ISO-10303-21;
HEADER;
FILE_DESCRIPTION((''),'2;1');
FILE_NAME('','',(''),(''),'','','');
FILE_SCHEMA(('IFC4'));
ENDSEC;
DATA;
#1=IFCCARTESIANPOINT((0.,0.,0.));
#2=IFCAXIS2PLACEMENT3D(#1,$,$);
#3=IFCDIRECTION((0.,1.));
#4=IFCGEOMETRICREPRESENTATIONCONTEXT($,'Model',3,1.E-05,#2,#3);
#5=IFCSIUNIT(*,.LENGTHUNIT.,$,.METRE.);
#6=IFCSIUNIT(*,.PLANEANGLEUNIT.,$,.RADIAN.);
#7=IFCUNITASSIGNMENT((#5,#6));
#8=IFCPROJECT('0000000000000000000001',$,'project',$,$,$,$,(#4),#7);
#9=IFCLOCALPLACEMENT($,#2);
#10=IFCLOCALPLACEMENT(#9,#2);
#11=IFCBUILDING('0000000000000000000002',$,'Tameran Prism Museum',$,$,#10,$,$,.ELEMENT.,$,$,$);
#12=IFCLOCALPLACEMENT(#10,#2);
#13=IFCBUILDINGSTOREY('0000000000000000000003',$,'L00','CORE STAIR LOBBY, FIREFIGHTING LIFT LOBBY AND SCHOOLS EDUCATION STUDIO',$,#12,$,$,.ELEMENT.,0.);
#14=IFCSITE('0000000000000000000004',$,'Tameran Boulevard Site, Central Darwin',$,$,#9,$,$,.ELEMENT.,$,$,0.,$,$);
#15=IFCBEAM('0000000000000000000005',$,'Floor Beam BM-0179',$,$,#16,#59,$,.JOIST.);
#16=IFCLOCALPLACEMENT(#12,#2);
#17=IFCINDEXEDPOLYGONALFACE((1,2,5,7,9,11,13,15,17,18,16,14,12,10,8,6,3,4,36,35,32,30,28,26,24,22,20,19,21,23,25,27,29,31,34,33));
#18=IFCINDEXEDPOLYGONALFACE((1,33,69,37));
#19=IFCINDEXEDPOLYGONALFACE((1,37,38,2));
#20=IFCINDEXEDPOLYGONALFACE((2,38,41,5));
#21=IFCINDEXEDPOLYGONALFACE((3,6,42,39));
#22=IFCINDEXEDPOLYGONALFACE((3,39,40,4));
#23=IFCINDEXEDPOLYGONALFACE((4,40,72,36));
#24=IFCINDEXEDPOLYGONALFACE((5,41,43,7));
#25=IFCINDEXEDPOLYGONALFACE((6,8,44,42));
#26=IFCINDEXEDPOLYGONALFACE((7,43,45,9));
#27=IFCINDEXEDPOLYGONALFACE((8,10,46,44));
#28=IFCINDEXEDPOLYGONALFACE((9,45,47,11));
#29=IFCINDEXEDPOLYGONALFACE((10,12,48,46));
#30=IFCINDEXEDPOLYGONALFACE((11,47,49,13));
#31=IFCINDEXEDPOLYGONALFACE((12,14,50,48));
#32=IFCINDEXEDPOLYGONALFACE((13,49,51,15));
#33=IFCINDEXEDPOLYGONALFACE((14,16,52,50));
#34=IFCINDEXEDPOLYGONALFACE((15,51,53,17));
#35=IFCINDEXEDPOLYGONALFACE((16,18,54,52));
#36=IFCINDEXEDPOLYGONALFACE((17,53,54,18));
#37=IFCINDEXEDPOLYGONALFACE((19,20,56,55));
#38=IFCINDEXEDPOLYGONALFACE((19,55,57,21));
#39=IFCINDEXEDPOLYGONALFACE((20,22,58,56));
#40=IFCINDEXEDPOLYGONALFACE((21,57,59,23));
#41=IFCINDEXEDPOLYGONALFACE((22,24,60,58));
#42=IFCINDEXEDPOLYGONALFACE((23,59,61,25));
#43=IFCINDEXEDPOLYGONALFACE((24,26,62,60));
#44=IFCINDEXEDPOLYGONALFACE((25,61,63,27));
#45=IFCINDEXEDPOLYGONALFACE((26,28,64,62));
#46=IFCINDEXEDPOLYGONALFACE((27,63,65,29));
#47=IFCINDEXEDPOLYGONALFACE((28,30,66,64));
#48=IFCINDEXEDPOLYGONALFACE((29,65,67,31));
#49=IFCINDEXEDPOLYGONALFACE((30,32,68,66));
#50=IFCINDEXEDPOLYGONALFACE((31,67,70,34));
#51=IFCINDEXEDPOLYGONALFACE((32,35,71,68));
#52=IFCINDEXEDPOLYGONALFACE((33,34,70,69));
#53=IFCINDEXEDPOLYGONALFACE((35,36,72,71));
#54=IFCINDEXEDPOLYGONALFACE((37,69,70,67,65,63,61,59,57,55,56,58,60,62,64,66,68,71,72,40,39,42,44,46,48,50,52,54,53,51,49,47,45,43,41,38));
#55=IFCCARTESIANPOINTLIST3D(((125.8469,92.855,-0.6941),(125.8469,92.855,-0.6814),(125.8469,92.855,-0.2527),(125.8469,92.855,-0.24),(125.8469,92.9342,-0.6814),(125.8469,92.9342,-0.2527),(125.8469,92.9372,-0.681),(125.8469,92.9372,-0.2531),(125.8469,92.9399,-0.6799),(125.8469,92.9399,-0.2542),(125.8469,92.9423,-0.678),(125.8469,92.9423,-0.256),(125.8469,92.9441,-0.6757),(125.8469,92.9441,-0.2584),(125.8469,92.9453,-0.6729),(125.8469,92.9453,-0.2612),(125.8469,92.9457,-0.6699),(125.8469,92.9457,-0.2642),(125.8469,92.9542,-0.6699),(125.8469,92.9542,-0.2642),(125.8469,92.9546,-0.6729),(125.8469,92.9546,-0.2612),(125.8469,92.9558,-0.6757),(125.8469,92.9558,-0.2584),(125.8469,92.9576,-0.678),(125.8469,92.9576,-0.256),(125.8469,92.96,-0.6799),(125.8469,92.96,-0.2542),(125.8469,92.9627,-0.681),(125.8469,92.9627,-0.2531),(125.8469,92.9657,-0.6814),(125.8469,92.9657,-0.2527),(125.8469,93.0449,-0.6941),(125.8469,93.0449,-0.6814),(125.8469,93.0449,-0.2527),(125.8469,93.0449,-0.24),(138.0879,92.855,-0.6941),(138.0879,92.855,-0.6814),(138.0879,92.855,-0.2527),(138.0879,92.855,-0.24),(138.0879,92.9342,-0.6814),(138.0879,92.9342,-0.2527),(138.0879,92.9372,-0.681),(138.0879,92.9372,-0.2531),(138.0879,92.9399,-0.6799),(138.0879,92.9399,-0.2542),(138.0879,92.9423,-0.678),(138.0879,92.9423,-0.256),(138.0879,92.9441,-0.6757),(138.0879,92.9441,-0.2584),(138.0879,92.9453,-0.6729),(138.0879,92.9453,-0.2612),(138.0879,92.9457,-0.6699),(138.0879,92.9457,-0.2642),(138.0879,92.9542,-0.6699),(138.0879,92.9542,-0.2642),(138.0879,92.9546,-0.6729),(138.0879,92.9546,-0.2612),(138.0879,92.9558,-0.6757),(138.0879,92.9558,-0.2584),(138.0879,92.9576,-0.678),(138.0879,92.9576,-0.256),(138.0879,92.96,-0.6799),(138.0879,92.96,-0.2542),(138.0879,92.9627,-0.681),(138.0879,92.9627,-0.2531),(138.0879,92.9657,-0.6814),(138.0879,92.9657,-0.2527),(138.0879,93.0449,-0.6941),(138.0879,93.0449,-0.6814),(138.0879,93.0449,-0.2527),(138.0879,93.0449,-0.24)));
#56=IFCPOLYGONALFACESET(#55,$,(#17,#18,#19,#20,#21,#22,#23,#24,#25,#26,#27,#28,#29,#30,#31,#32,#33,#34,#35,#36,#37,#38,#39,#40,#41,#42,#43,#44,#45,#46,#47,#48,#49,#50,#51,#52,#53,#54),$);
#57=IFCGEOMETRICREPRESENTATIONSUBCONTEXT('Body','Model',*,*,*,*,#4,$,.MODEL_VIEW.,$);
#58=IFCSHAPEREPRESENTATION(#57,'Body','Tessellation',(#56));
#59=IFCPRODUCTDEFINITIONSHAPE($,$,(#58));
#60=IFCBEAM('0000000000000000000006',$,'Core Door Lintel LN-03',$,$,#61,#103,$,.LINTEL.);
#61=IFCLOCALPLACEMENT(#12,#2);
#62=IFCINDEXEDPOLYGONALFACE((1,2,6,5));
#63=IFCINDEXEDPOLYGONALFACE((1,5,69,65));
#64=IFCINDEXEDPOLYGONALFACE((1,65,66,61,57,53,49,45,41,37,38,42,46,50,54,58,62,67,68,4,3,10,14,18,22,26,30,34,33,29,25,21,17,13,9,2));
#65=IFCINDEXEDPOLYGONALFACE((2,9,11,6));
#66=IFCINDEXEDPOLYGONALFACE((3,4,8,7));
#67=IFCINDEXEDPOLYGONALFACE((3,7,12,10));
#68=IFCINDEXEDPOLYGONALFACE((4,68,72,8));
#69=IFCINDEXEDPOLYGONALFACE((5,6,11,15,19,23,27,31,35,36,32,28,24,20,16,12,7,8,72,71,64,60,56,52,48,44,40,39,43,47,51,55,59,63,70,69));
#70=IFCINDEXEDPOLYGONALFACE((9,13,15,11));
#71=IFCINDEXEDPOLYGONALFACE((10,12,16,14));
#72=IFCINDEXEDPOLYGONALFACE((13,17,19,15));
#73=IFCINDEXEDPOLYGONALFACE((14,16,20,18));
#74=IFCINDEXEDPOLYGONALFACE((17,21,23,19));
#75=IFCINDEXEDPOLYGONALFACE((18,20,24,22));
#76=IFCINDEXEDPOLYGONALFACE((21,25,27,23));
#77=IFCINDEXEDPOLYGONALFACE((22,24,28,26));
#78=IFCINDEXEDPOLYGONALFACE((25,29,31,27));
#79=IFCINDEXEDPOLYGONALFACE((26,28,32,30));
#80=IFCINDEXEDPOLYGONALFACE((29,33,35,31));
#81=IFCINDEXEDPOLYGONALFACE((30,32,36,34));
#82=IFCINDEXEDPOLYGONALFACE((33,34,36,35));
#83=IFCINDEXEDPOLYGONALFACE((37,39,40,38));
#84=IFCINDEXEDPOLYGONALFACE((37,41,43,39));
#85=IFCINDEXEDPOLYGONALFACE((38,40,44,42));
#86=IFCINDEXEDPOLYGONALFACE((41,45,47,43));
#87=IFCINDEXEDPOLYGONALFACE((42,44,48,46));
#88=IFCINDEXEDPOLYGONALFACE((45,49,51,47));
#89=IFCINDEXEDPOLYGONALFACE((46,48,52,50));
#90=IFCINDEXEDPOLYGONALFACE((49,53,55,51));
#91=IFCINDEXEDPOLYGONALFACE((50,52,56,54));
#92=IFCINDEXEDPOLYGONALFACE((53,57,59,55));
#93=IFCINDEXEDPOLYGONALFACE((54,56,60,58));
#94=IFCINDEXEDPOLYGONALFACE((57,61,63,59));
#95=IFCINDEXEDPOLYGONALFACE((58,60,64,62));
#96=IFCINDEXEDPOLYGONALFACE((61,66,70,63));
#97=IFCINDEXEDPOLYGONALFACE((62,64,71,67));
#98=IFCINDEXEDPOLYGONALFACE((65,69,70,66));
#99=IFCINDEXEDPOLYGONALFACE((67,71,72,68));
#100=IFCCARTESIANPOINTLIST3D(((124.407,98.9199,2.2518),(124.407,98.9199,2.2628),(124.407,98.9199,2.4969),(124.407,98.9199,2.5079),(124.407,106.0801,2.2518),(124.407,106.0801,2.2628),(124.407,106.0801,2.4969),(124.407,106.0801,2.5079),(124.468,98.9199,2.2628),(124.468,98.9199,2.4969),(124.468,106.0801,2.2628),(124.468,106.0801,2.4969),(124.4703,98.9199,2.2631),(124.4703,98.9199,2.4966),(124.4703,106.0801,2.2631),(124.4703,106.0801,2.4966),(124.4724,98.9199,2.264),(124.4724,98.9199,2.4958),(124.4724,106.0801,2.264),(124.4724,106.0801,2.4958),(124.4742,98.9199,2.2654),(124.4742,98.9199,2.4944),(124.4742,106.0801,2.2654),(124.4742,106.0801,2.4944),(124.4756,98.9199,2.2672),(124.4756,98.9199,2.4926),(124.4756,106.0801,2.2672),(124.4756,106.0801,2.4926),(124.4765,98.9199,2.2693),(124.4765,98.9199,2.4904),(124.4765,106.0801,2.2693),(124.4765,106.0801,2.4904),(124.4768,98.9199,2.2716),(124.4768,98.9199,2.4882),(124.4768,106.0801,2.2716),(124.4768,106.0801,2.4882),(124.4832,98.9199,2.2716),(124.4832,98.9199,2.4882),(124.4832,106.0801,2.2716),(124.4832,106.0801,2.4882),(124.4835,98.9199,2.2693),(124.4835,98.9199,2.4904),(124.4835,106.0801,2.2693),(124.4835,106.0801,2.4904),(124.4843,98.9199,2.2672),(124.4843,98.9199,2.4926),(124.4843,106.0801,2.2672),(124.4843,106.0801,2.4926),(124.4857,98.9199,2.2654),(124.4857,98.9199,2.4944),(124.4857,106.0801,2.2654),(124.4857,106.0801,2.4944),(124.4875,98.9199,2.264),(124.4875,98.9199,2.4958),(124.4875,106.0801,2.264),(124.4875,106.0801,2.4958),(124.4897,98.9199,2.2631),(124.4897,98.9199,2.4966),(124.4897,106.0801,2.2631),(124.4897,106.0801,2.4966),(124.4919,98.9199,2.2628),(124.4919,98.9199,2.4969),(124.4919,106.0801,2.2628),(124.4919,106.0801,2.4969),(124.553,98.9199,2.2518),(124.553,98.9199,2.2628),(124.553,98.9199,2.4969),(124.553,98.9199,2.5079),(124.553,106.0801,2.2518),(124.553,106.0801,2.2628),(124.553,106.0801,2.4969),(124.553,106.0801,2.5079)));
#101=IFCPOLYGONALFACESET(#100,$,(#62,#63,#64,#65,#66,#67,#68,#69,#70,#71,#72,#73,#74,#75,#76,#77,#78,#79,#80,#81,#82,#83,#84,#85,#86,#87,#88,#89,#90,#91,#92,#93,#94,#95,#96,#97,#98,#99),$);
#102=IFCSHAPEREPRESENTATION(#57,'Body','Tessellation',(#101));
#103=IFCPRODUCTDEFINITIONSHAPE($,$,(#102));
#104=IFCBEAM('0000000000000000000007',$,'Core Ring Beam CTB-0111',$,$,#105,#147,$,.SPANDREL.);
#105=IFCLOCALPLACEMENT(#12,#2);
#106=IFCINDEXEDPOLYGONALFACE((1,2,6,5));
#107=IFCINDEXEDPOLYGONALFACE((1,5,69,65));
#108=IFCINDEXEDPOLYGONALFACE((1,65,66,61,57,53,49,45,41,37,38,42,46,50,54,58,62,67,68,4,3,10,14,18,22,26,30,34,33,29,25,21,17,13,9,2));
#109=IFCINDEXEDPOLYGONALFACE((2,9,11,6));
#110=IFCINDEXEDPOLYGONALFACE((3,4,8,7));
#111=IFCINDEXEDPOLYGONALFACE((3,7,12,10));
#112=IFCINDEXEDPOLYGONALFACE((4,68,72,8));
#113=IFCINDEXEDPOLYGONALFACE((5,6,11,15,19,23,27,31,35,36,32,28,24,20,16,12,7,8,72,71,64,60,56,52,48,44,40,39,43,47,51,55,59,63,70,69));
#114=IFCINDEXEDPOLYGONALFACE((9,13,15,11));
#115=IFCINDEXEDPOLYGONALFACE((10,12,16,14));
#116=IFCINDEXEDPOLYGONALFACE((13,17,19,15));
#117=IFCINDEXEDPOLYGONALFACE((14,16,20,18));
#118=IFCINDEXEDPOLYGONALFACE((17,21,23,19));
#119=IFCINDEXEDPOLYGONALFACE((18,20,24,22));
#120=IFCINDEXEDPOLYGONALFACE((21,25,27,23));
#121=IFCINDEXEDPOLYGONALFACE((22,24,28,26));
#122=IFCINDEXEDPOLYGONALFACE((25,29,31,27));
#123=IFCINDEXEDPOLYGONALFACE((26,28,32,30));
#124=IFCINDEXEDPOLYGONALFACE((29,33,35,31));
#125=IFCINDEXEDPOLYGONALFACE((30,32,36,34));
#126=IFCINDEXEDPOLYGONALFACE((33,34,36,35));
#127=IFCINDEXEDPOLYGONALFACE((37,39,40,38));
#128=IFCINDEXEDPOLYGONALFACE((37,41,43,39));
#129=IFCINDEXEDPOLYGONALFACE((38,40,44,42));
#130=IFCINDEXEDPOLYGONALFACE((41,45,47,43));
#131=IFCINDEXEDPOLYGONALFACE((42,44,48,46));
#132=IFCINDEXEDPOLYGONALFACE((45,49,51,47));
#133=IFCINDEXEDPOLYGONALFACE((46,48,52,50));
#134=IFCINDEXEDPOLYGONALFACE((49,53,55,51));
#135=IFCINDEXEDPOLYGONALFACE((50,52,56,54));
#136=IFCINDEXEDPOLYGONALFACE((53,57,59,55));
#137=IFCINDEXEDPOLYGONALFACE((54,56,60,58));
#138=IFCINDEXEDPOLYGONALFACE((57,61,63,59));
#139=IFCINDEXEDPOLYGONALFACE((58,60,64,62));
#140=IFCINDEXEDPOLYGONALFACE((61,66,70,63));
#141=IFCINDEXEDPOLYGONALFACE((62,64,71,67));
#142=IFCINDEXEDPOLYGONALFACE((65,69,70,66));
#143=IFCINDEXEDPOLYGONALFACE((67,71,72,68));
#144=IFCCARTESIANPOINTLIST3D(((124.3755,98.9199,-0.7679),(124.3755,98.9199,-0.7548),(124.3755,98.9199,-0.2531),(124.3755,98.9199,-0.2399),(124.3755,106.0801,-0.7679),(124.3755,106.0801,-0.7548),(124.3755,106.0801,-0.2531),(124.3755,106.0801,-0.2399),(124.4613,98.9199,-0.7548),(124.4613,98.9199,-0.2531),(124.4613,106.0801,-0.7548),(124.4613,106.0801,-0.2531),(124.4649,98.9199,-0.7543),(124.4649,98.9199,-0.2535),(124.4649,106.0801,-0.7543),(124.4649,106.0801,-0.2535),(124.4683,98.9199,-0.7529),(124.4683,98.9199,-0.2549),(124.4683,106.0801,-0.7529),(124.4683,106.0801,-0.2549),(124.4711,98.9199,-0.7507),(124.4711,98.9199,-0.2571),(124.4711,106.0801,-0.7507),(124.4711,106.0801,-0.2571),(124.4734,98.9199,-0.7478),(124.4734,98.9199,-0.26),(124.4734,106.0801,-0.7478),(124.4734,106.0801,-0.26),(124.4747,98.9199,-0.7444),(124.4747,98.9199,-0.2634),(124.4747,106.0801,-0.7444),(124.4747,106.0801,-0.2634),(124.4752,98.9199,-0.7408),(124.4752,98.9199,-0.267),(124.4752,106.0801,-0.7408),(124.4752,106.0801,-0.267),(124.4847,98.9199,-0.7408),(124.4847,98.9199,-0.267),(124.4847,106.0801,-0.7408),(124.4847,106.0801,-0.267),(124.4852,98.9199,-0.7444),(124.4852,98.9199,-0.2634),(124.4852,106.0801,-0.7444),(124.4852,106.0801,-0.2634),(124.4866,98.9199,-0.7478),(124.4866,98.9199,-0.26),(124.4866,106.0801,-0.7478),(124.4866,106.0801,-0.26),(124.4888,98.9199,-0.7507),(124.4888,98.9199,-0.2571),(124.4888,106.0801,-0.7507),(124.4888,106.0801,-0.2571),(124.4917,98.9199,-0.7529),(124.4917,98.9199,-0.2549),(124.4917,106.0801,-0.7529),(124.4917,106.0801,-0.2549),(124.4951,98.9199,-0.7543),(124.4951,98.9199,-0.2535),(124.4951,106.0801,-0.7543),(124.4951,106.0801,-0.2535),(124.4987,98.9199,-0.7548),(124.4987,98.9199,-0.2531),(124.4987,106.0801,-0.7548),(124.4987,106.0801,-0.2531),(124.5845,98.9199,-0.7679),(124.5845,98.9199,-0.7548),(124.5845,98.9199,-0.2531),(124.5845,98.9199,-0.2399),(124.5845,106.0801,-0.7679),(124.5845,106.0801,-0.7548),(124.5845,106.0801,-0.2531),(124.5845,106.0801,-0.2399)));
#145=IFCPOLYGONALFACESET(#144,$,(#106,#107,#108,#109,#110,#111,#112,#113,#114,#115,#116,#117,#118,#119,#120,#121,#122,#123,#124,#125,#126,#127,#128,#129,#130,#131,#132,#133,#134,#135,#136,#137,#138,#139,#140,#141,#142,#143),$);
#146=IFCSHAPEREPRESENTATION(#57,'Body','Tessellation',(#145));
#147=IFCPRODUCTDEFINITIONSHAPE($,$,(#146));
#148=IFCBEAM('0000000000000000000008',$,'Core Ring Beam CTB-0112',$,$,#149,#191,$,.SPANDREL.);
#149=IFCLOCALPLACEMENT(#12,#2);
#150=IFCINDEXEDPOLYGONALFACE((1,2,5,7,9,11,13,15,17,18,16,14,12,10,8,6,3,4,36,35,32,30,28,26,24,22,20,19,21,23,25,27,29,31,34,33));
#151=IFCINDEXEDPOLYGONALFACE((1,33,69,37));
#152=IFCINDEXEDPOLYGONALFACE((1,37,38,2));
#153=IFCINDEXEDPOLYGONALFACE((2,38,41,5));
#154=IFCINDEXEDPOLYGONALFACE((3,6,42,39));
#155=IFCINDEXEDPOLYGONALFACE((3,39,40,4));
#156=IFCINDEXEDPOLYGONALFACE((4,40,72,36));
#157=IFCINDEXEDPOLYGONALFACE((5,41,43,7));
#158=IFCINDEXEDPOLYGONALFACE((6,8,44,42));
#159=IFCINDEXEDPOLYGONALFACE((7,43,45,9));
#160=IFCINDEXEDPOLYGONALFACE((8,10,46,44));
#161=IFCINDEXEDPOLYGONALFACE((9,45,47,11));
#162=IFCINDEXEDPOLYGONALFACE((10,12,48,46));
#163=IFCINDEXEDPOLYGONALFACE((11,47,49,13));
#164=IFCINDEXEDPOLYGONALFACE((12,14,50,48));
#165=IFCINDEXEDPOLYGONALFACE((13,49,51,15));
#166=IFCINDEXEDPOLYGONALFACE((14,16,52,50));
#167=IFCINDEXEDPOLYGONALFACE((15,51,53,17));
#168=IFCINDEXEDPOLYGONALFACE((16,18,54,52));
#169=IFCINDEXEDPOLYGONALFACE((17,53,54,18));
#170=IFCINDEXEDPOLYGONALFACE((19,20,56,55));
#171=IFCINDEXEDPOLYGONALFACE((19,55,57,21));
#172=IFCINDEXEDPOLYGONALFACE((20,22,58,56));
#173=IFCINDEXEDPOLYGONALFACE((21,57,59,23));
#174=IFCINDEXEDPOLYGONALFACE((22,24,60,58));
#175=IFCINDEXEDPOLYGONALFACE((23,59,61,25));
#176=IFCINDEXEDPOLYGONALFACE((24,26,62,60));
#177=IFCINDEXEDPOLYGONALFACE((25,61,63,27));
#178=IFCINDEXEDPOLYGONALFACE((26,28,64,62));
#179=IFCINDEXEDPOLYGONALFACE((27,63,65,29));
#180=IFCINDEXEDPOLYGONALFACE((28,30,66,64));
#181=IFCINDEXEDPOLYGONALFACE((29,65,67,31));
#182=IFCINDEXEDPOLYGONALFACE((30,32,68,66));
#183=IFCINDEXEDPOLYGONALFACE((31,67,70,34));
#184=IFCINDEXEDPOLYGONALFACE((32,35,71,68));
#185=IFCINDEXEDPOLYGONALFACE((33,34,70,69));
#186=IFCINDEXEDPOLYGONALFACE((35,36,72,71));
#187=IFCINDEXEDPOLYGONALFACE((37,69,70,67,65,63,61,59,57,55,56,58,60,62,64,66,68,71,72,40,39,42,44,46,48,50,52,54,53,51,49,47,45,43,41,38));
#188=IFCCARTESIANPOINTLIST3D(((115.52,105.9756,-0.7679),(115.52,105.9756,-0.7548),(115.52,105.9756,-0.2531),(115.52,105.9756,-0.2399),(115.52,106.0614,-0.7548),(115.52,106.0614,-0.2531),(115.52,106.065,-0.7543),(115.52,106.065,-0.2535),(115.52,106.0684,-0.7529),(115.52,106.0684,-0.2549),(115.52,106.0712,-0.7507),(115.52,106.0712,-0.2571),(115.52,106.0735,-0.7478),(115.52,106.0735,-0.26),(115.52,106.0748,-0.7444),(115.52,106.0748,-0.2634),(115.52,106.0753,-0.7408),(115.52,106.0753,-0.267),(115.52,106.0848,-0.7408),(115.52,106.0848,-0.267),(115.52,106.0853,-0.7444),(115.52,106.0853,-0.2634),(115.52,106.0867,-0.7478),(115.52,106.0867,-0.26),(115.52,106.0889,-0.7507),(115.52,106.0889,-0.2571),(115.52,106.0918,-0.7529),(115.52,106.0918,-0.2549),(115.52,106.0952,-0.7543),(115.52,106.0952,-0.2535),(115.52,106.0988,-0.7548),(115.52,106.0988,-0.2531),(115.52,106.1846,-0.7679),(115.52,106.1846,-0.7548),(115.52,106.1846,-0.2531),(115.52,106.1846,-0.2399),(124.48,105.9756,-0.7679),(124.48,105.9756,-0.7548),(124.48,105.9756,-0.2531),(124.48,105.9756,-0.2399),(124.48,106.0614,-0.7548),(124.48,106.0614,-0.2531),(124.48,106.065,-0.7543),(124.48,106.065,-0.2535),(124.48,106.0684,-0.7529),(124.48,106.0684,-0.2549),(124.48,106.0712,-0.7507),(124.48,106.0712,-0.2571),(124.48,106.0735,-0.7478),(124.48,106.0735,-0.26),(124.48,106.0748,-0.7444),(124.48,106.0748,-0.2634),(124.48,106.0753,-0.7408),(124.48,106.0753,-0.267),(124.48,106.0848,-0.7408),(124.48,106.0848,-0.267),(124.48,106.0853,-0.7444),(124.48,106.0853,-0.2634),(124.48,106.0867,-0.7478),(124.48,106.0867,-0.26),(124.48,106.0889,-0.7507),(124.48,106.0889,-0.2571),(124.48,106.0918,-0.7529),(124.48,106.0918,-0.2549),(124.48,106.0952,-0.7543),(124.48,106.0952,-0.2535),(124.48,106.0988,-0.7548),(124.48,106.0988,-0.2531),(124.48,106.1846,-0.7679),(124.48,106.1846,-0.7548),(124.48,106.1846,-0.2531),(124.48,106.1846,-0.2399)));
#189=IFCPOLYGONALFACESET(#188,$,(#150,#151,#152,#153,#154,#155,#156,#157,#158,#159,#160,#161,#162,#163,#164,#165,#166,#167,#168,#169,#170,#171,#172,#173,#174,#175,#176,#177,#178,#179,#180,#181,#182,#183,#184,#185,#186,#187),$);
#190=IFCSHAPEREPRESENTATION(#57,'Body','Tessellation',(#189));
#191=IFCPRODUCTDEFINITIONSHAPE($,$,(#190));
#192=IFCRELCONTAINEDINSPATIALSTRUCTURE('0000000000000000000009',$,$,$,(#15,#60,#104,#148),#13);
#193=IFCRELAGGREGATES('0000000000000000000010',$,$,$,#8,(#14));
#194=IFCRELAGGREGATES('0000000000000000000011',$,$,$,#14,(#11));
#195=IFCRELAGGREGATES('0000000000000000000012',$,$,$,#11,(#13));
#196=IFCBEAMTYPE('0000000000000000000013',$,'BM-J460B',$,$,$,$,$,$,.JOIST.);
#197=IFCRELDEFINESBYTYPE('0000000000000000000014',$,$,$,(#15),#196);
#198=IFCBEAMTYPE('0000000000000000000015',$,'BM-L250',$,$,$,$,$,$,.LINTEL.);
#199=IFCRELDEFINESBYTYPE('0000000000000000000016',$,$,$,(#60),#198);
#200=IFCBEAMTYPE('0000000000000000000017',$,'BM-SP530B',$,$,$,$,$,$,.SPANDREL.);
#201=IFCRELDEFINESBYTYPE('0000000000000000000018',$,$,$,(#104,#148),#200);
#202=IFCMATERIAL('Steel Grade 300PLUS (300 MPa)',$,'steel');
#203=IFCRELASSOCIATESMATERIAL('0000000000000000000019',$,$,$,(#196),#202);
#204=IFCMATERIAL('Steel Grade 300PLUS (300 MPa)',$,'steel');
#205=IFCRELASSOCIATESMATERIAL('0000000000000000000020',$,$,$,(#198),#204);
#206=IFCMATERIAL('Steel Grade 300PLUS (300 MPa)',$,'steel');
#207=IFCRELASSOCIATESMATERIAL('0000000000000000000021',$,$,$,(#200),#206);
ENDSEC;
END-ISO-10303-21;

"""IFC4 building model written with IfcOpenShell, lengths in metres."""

from ifc_helpers import new_model, si_unit, direction, frame, origin, origin_2d, place, context, subcontext, project, spatial, i_section, extrude, material, material_profile, profile_set, type_object, element, save


model = new_model("IFC4")

# Units and contexts
model_context = context("Model", 3, precision=1e-05, world=origin(), true_north=direction((0.0, 1.0)))
body_context = subcontext(model_context, "Body", "Model", "MODEL_VIEW")
ifc_project = project(units=[si_unit("LENGTHUNIT", "METRE"), si_unit("PLANEANGLEUNIT", "RADIAN")], contexts=[model_context])

# Site, building, storey
site_placement = place(None, origin())
site = spatial("IfcSite", under=ifc_project, at=site_placement, Name="Tameran Boulevard Site, Central Darwin", CompositionType="ELEMENT", RefElevation=0.0)
building_placement = place(site_placement, origin())
building = spatial("IfcBuilding", under=site, at=building_placement, Name="Tameran Prism Museum", CompositionType="ELEMENT")
storey_placement = place(building_placement, origin())
storey = spatial("IfcBuildingStorey", under=building, at=storey_placement, Name="L00", Description="CORE STAIR LOBBY, FIREFIGHTING LIFT LOBBY AND SCHOOLS EDUCATION STUDIO", CompositionType="ELEMENT", Elevation=0.0)

# Beams
ifc_material_1 = material(Name="Steel Grade 300PLUS (300 MPa)", Category="steel")
ifc_material_profile_1 = material_profile(ifc_material_1, i_section(OverallWidth=0.1899, OverallDepth=0.4541, WebThickness=0.0085, FlangeThickness=0.0127, FilletRadius=0.0115, at=origin_2d()))
ifc_profile_set_1 = profile_set([ifc_material_profile_1])
beam_type_1 = type_object("IfcBeamType", Name="BM-J460B", PredefinedType="JOIST", material=ifc_profile_set_1)
beam_1_placement = place(storey_placement, frame((125.8469, 92.95, -0.467), z_axis=(1.0, 0.0, 0.0), x_axis=(0.0, 1.0, 0.0)))
element("IfcBeam", 1, at=beam_1_placement, inside=storey, type_object=beam_type_1, Name="Floor Beam BM-0179", PredefinedType="JOIST", context=body_context, shape_type="SweptSolid", body=[
    extrude(i_section(OverallWidth=0.1899, OverallDepth=0.4541, WebThickness=0.0085, FlangeThickness=0.0127, FilletRadius=0.0115, at=origin_2d()), origin(), (0.0, 0.0, 1.0), 12.241),
])
ifc_material_2 = material(Name="Steel Grade 300PLUS (300 MPa)", Category="steel")
ifc_material_profile_2 = material_profile(ifc_material_2, i_section(OverallWidth=0.146, OverallDepth=0.2561, WebThickness=0.0063, FlangeThickness=0.011, FilletRadius=0.0088, at=origin_2d()))
ifc_profile_set_2 = profile_set([ifc_material_profile_2])
beam_type_2 = type_object("IfcBeamType", Name="BM-L250", PredefinedType="LINTEL", material=ifc_profile_set_2)
beam_2_placement = place(storey_placement, frame((124.48, 98.9199, 2.3799), z_axis=(0.0, 1.0, 0.0), x_axis=(-1.0, 0.0, 0.0)))
element("IfcBeam", 2, at=beam_2_placement, inside=storey, type_object=beam_type_2, Name="Core Door Lintel LN-03", PredefinedType="LINTEL", context=body_context, shape_type="SweptSolid", body=[
    extrude(i_section(OverallWidth=0.146, OverallDepth=0.2561, WebThickness=0.0063, FlangeThickness=0.011, FilletRadius=0.0088, at=origin_2d()), origin(), (0.0, 0.0, 1.0), 7.1602),
])
ifc_material_3 = material(Name="Steel Grade 300PLUS (300 MPa)", Category="steel")
ifc_material_profile_3 = material_profile(ifc_material_3, i_section(OverallWidth=0.209, OverallDepth=0.5281, WebThickness=0.0095, FlangeThickness=0.0132, FilletRadius=0.0139, at=origin_2d()))
ifc_profile_set_3 = profile_set([ifc_material_profile_3])
beam_type_3 = type_object("IfcBeamType", Name="BM-SP530B", PredefinedType="SPANDREL", material=ifc_profile_set_3)
beam_3_placement = place(storey_placement, frame((124.48, 98.9199, -0.5039), z_axis=(0.0, 1.0, 0.0), x_axis=(-1.0, 0.0, 0.0)))
element("IfcBeam", 3, at=beam_3_placement, inside=storey, type_object=beam_type_3, Name="Core Ring Beam CTB-0111", PredefinedType="SPANDREL", context=body_context, shape_type="SweptSolid", body=[
    extrude(i_section(OverallWidth=0.209, OverallDepth=0.5281, WebThickness=0.0095, FlangeThickness=0.0132, FilletRadius=0.0139, at=origin_2d()), origin(), (0.0, 0.0, 1.0), 7.1602),
])
beam_4_placement = place(storey_placement, frame((124.48, 106.0801, -0.5039), z_axis=(-1.0, 0.0, 0.0), x_axis=(0.0, -1.0, 0.0)))
element("IfcBeam", 4, at=beam_4_placement, inside=storey, type_object=beam_type_3, Name="Core Ring Beam CTB-0112", PredefinedType="SPANDREL", context=body_context, shape_type="SweptSolid", body=[
    extrude(i_section(OverallWidth=0.209, OverallDepth=0.5281, WebThickness=0.0095, FlangeThickness=0.0132, FilletRadius=0.0139, at=origin_2d()), origin(), (0.0, 0.0, 1.0), 8.96),
])

save(model, "model.ifc")
